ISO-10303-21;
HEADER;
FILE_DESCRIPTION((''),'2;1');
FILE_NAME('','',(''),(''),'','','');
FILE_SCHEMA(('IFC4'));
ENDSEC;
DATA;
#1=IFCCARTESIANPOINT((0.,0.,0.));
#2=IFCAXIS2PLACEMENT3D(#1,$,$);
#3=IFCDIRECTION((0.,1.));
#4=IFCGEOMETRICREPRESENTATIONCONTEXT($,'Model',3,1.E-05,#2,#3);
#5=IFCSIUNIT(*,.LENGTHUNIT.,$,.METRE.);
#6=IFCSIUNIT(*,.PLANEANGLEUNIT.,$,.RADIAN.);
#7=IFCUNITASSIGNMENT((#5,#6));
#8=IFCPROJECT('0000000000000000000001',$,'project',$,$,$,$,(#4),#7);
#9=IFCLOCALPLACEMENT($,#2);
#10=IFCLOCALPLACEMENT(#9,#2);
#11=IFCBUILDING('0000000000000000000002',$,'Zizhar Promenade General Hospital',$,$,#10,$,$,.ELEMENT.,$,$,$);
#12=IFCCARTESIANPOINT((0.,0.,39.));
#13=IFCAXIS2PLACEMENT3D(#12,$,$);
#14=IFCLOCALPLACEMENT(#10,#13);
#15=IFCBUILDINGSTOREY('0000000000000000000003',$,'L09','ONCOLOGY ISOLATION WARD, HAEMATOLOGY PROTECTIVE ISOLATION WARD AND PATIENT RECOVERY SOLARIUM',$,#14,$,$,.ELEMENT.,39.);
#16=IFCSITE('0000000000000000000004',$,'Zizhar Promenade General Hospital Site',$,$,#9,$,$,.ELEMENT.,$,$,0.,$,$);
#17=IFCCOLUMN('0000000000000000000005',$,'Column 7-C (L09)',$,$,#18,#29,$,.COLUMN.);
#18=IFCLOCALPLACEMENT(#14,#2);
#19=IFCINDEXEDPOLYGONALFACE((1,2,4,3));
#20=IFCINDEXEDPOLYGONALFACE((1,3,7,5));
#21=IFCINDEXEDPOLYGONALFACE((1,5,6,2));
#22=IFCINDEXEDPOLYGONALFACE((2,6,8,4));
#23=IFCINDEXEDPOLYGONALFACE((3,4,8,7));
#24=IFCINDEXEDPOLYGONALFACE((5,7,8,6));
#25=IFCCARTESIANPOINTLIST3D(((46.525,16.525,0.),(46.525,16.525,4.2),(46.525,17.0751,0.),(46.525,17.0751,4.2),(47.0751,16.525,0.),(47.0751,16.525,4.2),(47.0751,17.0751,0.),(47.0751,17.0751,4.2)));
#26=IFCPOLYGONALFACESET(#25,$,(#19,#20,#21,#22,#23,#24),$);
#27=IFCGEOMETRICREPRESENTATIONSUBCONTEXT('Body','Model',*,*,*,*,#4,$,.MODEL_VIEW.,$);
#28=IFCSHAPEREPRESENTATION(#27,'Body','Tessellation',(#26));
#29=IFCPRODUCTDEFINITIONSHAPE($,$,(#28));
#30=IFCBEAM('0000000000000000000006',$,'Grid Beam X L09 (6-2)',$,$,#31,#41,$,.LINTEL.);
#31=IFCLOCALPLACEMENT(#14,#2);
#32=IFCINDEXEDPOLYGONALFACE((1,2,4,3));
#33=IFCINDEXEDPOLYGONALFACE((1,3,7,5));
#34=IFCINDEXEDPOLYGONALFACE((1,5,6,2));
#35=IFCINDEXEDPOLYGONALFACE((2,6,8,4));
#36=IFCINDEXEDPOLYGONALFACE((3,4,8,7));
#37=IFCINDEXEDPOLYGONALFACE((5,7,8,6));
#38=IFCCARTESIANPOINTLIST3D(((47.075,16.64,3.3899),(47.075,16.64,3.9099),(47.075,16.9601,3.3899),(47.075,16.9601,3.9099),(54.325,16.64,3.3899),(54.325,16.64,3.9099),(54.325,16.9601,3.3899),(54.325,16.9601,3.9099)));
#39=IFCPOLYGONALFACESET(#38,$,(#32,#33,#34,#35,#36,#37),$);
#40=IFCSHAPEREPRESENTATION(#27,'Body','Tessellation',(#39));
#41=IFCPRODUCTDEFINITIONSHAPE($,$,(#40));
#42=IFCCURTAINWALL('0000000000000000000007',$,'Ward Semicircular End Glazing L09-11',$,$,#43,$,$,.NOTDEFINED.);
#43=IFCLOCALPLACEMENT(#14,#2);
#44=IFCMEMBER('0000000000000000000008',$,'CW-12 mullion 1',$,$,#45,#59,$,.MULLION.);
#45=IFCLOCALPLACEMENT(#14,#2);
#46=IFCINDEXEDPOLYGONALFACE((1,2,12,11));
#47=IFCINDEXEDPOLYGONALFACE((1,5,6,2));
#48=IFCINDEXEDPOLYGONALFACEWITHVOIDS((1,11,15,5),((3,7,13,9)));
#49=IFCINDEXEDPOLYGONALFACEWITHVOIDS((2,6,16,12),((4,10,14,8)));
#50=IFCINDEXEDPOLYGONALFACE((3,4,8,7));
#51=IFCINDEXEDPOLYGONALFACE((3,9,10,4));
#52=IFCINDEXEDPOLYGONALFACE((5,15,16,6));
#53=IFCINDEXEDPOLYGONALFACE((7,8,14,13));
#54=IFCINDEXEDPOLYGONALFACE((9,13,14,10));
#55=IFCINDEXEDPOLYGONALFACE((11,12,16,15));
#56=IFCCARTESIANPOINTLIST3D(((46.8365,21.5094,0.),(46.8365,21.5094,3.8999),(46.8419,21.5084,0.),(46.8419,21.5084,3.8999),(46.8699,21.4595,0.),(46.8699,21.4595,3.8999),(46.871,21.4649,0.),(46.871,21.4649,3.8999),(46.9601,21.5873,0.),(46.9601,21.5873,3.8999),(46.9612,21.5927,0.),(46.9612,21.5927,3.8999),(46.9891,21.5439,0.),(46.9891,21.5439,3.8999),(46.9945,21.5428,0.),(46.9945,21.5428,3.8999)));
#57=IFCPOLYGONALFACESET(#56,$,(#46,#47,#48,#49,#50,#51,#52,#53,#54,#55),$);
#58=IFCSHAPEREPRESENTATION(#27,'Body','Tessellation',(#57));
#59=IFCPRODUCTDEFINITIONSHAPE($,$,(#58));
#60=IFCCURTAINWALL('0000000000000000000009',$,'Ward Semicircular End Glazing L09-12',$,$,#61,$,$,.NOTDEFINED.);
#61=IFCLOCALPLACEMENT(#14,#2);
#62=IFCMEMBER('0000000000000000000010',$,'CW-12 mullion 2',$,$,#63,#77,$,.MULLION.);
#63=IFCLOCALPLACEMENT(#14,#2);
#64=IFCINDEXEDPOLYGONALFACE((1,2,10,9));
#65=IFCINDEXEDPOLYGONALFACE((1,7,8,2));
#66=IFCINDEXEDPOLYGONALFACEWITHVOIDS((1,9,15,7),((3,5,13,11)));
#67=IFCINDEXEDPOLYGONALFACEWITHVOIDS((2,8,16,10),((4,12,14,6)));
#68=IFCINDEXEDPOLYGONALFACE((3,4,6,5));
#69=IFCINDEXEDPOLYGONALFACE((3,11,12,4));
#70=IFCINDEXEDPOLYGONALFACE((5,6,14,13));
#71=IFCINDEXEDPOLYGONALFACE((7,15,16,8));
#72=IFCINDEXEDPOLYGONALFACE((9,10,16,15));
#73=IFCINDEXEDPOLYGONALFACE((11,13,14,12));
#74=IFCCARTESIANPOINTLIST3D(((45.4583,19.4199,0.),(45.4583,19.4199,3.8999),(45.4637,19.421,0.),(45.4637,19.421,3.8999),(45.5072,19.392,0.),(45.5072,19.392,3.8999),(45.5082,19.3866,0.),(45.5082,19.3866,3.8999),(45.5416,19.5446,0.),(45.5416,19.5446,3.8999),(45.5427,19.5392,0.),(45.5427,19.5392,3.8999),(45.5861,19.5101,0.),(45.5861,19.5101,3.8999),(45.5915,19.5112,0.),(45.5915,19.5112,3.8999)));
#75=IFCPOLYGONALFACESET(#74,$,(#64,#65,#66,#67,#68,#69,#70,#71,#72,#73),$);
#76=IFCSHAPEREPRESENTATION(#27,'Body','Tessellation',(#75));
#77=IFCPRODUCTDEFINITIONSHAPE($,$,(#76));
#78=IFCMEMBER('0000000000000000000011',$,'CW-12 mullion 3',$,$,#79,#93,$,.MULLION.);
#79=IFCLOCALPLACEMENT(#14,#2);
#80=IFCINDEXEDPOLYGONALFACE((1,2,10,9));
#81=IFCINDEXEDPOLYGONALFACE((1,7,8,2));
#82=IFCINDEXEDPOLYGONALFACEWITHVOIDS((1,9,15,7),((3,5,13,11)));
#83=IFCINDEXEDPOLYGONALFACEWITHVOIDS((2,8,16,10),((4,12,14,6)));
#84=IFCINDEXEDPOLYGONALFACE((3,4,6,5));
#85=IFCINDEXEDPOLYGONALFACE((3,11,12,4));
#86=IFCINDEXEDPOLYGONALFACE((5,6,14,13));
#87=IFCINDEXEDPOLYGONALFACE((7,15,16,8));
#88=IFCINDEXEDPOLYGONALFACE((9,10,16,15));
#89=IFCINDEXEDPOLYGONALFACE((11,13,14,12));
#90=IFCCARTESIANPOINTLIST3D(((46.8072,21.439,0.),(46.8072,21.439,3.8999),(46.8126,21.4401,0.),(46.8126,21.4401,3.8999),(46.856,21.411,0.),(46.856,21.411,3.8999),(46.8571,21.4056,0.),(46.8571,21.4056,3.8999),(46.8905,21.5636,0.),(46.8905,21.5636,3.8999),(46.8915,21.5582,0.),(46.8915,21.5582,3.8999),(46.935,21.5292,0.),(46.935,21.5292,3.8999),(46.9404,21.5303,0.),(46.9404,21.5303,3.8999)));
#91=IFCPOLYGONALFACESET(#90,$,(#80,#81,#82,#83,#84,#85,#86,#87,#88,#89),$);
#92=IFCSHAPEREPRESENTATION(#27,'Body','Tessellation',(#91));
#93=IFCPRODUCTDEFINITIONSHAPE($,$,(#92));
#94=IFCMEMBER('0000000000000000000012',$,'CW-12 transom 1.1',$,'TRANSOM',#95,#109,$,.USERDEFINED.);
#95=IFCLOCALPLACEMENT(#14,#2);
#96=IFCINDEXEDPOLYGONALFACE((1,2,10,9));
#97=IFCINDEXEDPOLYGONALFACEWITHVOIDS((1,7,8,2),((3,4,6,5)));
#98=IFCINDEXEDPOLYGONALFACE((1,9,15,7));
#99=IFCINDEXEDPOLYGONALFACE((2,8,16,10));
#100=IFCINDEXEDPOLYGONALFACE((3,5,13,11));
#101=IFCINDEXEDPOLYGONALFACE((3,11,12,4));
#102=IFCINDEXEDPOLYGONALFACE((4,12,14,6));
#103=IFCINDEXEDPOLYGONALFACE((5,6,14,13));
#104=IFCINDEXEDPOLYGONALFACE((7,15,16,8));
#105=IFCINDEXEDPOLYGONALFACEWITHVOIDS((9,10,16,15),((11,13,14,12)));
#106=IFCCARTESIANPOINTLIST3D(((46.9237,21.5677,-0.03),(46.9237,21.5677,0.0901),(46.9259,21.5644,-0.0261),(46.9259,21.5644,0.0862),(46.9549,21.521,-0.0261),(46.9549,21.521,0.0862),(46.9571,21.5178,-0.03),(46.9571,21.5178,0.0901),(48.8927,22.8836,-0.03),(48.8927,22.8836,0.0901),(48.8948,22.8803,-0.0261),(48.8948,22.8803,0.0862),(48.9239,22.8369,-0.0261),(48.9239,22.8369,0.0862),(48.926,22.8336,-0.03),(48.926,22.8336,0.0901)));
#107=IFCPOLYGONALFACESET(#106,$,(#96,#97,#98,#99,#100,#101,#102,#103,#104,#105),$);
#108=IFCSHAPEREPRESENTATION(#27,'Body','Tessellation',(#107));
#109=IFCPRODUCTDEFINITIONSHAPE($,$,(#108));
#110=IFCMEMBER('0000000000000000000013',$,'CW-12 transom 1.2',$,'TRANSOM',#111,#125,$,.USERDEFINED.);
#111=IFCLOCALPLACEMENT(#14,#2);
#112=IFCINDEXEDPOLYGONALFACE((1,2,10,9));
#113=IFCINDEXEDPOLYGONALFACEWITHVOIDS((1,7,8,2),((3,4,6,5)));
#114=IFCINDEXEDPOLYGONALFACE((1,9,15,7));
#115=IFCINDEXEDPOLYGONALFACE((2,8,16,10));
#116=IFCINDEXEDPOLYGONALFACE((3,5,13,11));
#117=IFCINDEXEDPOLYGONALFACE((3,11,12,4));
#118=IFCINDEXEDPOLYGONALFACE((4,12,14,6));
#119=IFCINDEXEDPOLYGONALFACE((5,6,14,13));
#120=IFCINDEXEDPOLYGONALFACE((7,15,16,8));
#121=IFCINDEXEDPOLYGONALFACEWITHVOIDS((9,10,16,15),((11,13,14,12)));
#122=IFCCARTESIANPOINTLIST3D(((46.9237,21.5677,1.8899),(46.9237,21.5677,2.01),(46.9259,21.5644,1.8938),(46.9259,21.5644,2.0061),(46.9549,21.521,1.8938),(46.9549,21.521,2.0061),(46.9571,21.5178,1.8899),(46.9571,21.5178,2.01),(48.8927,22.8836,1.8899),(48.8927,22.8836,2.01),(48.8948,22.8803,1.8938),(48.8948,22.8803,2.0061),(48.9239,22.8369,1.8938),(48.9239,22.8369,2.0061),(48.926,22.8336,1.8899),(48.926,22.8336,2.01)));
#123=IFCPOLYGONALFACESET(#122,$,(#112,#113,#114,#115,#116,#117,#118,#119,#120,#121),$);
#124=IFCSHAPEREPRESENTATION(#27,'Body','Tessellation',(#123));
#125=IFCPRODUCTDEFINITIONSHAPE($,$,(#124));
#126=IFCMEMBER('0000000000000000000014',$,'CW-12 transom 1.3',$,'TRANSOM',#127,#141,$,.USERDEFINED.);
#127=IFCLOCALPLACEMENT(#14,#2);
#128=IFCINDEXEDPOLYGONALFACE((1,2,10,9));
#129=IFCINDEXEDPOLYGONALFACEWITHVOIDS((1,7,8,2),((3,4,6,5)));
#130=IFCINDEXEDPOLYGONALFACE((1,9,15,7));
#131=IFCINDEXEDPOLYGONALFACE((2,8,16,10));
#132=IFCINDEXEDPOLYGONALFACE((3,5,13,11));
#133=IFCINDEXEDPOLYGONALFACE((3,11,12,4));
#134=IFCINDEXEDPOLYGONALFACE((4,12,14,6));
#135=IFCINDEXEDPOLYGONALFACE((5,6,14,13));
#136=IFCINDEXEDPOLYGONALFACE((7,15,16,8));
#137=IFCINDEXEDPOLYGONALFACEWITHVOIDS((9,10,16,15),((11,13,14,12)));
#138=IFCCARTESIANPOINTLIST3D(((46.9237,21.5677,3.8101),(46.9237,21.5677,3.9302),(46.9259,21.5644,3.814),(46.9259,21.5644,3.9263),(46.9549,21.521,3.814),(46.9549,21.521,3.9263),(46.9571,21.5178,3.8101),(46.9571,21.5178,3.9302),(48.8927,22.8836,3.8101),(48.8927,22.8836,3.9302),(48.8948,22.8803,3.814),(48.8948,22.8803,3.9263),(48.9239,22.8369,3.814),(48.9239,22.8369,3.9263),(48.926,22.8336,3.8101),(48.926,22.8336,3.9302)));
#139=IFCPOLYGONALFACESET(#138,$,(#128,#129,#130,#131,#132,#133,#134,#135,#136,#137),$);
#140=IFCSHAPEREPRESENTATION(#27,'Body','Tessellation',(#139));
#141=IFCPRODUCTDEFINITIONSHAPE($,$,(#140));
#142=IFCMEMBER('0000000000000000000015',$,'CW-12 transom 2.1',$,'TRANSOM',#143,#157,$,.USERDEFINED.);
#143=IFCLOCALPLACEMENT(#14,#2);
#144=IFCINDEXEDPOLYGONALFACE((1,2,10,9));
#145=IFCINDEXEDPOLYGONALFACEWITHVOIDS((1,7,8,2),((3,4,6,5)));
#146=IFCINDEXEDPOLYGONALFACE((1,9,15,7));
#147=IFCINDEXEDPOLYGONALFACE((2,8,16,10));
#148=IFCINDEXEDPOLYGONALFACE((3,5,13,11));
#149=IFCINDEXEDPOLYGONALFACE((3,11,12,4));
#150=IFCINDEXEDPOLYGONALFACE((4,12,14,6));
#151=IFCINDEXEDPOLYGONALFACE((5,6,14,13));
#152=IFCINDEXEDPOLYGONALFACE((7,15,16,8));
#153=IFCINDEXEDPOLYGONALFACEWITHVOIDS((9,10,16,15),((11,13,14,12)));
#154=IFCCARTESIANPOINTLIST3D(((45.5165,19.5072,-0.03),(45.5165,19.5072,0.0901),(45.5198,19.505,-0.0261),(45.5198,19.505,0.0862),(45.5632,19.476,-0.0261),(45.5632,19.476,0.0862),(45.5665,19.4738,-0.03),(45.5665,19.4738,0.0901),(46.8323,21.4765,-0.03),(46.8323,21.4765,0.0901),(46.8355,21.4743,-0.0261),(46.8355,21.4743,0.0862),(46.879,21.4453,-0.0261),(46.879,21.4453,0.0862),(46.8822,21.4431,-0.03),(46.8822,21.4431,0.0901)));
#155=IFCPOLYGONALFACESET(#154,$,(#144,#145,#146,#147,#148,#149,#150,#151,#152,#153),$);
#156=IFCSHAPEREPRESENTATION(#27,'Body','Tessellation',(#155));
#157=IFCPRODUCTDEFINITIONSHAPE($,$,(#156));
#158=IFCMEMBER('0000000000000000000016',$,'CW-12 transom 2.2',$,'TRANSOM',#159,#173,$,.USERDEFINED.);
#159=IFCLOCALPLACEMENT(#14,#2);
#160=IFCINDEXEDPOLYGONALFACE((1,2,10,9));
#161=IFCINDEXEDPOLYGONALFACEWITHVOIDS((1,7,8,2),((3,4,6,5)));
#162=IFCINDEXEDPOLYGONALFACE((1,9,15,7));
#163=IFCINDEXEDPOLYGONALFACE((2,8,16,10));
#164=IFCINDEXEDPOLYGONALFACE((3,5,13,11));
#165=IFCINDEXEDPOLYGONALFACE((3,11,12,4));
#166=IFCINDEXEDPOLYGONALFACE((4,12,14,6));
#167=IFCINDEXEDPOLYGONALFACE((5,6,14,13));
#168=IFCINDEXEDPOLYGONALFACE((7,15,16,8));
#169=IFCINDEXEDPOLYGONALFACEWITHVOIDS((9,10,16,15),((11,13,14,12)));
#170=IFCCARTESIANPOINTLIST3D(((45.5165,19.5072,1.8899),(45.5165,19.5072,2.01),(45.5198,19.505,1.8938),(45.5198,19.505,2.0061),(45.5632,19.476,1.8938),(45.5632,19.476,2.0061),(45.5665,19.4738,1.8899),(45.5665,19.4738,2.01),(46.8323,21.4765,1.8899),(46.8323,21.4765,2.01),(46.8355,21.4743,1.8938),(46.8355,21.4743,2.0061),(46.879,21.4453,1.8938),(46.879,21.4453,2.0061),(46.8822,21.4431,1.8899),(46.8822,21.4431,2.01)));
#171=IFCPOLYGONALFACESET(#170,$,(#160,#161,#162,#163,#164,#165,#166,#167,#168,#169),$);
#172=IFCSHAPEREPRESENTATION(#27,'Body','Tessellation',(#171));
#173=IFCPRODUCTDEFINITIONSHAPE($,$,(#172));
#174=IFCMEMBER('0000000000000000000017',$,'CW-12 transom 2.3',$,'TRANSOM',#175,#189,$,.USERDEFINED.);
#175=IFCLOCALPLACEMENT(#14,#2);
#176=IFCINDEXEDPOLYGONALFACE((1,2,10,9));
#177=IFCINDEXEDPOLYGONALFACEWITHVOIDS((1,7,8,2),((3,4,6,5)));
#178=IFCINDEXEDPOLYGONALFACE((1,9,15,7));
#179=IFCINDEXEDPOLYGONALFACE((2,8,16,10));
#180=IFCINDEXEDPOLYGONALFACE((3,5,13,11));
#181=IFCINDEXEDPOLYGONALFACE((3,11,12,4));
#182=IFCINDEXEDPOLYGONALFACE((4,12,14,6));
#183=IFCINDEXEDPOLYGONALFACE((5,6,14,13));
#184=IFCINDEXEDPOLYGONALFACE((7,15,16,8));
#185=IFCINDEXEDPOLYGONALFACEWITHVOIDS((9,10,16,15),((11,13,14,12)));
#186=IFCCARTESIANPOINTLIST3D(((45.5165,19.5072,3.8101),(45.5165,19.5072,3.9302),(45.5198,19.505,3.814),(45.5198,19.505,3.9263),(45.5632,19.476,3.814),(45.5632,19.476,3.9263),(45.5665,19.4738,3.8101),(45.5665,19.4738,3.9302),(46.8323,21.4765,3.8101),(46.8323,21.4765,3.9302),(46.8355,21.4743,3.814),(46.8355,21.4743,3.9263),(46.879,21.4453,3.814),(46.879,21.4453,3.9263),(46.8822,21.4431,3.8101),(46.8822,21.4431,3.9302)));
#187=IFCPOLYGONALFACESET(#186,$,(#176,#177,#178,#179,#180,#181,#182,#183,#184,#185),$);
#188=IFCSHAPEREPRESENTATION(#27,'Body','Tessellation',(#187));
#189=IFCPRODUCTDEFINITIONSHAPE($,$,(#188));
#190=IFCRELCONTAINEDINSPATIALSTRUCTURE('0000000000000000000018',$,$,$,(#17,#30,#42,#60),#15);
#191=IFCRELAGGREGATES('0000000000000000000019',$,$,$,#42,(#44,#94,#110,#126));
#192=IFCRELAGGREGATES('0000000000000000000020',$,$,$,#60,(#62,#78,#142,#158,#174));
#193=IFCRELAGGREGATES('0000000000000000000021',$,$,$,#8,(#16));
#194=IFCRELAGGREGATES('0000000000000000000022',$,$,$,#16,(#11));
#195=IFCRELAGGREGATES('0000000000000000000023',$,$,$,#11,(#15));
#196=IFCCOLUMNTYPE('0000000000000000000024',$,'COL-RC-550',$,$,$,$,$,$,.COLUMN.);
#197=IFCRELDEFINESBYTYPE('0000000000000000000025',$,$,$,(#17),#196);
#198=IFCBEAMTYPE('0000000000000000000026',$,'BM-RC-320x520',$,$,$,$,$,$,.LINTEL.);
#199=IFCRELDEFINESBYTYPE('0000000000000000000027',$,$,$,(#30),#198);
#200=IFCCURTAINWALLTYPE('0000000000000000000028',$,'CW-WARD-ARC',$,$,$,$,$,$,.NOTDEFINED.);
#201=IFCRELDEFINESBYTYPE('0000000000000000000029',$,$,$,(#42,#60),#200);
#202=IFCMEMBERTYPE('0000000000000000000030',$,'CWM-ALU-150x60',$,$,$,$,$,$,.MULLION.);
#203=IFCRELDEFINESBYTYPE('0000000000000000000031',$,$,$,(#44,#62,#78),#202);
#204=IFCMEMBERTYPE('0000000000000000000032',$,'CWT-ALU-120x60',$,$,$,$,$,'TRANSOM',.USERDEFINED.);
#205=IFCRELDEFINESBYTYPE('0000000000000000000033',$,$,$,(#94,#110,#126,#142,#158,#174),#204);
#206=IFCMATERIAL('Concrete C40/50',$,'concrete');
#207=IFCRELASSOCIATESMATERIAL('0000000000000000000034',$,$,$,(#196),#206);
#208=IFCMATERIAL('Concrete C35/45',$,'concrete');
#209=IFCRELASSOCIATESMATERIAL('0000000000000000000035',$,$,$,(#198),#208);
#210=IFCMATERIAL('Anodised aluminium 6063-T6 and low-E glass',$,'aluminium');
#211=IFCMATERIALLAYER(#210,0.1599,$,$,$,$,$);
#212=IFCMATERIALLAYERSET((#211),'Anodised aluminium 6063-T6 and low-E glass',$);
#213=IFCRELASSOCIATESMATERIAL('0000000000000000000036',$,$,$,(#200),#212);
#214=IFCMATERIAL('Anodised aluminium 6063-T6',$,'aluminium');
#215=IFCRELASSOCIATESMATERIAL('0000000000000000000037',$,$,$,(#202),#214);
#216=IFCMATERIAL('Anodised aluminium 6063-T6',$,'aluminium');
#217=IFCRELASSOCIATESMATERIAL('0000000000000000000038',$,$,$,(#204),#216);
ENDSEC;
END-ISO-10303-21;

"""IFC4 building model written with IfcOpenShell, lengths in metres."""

from ifc_helpers import new_model, si_unit, direction, frame, origin, origin_2d, place, context, subcontext, project, spatial, rectangle, hollow_rectangle, extrude, material, layer, layer_set, material_profile, profile_set, type_object, element, aggregate, save


model = new_model("IFC4")

# Units and contexts
model_context = context("Model", 3, precision=1e-05, world=origin(), true_north=direction((0.0, 1.0)))
body_context = subcontext(model_context, "Body", "Model", "MODEL_VIEW")
ifc_project = project(units=[si_unit("LENGTHUNIT", "METRE"), si_unit("PLANEANGLEUNIT", "RADIAN")], contexts=[model_context])

# Site, building, storey
site_placement = place(None, origin())
site = spatial("IfcSite", under=ifc_project, at=site_placement, Name="Zizhar Promenade General Hospital Site", CompositionType="ELEMENT", RefElevation=0.0)
building_placement = place(site_placement, origin())
building = spatial("IfcBuilding", under=site, at=building_placement, Name="Zizhar Promenade General Hospital", CompositionType="ELEMENT")
storey_placement = place(building_placement, frame((0.0, 0.0, 39.0)))
storey = spatial("IfcBuildingStorey", under=building, at=storey_placement, Name="L09", Description="ONCOLOGY ISOLATION WARD, HAEMATOLOGY PROTECTIVE ISOLATION WARD AND PATIENT RECOVERY SOLARIUM", CompositionType="ELEMENT", Elevation=39.0)

# Column
ifc_material_1 = material(Name="Concrete C40/50", Category="concrete")
ifc_material_profile_1 = material_profile(ifc_material_1, rectangle(XDim=0.55, YDim=0.55, at=origin_2d()))
ifc_profile_set_1 = profile_set([ifc_material_profile_1], Name="Concrete C40/50")
column_type = type_object("IfcColumnType", Name="COL-RC-550", PredefinedType="COLUMN", material=ifc_profile_set_1)
column_placement = place(storey_placement, frame((46.8, 16.8, 0.0), z_axis=(0.0, 0.0, 1.0), x_axis=(1.0, 0.0, 0.0)))
element("IfcColumn", 1, at=column_placement, inside=storey, type_object=column_type, Name="Column 7-C (L09)", PredefinedType="COLUMN", context=body_context, shape_type="SweptSolid", body=[
    extrude(rectangle(XDim=0.55, YDim=0.55, at=origin_2d()), origin(), (0.0, 0.0, 1.0), 4.2),
])

# Beam
ifc_material_2 = material(Name="Concrete C35/45", Category="concrete")
ifc_material_profile_2 = material_profile(ifc_material_2, rectangle(XDim=0.3201, YDim=0.52, at=origin_2d()))
ifc_profile_set_2 = profile_set([ifc_material_profile_2], Name="Concrete C35/45")
beam_type = type_object("IfcBeamType", Name="BM-RC-320x520", PredefinedType="LINTEL", material=ifc_profile_set_2)
beam_placement = place(storey_placement, frame((47.075, 16.8, 3.6499), z_axis=(1.0, 0.0, 0.0), x_axis=(0.0, 1.0, 0.0)))
element("IfcBeam", 2, at=beam_placement, inside=storey, type_object=beam_type, Name="Grid Beam X L09 (6-2)", PredefinedType="LINTEL", context=body_context, shape_type="SweptSolid", body=[
    extrude(rectangle(XDim=0.3201, YDim=0.52, at=origin_2d()), origin(), (0.0, 0.0, 1.0), 7.25),
])

# Curtain wall, member
ifc_material_3 = material(Name="Anodised aluminium 6063-T6 and low-E glass", Category="aluminium")
ifc_layer_1 = layer(ifc_material_3, 0.1599)
ifc_layer_set_1 = layer_set([ifc_layer_1], Name="Anodised aluminium 6063-T6 and low-E glass")
curtain_wall_type = type_object("IfcCurtainWallType", Name="CW-WARD-ARC", PredefinedType="NOTDEFINED", material=ifc_layer_set_1)
curtain_wall_1_placement = place(storey_placement, origin())
curtain_wall_1 = element("IfcCurtainWall", 3, at=curtain_wall_1_placement, inside=storey, type_object=curtain_wall_type, Name="Ward Semicircular End Glazing L09-11", PredefinedType="NOTDEFINED")
ifc_material_4 = material(Name="Anodised aluminium 6063-T6", Category="aluminium")
ifc_material_profile_3 = material_profile(ifc_material_4, hollow_rectangle(XDim=0.0601, YDim=0.1499, WallThickness=0.0039, at=origin_2d()))
ifc_profile_set_3 = profile_set([ifc_material_profile_3], Name="Anodised aluminium 6063-T6")
member_type_1 = type_object("IfcMemberType", Name="CWM-ALU-150x60", PredefinedType="MULLION", material=ifc_profile_set_3)
member_1_placement = place(storey_placement, frame((46.9155, 21.5261, 0.0), z_axis=(0.0, 0.0, 1.0), x_axis=(-0.555582, 0.831462, 0.0)))
member_1 = element("IfcMember", 4, at=member_1_placement, type_object=member_type_1, Name="CW-12 mullion 1", PredefinedType="MULLION", context=body_context, shape_type="SweptSolid", body=[
    extrude(hollow_rectangle(XDim=0.0601, YDim=0.1499, WallThickness=0.0039, at=origin_2d()), origin(), (0.0, 0.0, 1.0), 3.8999),
])

# Curtain wall, members
curtain_wall_2_placement = place(storey_placement, origin())
curtain_wall_2 = element("IfcCurtainWall", 5, at=curtain_wall_2_placement, inside=storey, type_object=curtain_wall_type, Name="Ward Semicircular End Glazing L09-12", PredefinedType="NOTDEFINED")
member_2_placement = place(storey_placement, frame((45.5249, 19.4656, 0.0), z_axis=(0.0, 0.0, 1.0), x_axis=(-0.831462, 0.555582, 0.0)))
member_2 = element("IfcMember", 6, at=member_2_placement, type_object=member_type_1, Name="CW-12 mullion 2", PredefinedType="MULLION", context=body_context, shape_type="SweptSolid", body=[
    extrude(hollow_rectangle(XDim=0.0601, YDim=0.1499, WallThickness=0.0039, at=origin_2d()), origin(), (0.0, 0.0, 1.0), 3.8999),
])
member_3_placement = place(storey_placement, frame((46.8738, 21.4846, 0.0), z_axis=(0.0, 0.0, 1.0), x_axis=(-0.831462, 0.555582, 0.0)))
member_3 = element("IfcMember", 7, at=member_3_placement, type_object=member_type_1, Name="CW-12 mullion 3", PredefinedType="MULLION", context=body_context, shape_type="SweptSolid", body=[
    extrude(hollow_rectangle(XDim=0.0601, YDim=0.1499, WallThickness=0.0039, at=origin_2d()), origin(), (0.0, 0.0, 1.0), 3.8999),
])

# Members
ifc_material_5 = material(Name="Anodised aluminium 6063-T6", Category="aluminium")
ifc_material_profile_4 = material_profile(ifc_material_5, hollow_rectangle(XDim=0.0601, YDim=0.1201, WallThickness=0.0039, at=origin_2d()))
ifc_profile_set_4 = profile_set([ifc_material_profile_4], Name="Anodised aluminium 6063-T6")
member_type_2 = type_object("IfcMemberType", Name="CWT-ALU-120x60", ElementType="TRANSOM", PredefinedType="USERDEFINED", material=ifc_profile_set_4)
member_4_placement = place(storey_placement, frame((46.9404, 21.5427, 0.03), z_axis=(0.831415, 0.555651, 0.0), x_axis=(-0.555651, 0.831415, 0.0)))
member_4 = element("IfcMember", 8, at=member_4_placement, type_object=member_type_2, Name="CW-12 transom 1.1", ObjectType="TRANSOM", PredefinedType="USERDEFINED", context=body_context, shape_type="SweptSolid", body=[
    extrude(hollow_rectangle(XDim=0.0601, YDim=0.1201, WallThickness=0.0039, at=origin_2d()), origin(), (0.0, 0.0, 1.0), 2.3682),
])
member_5_placement = place(storey_placement, frame((46.9404, 21.5427, 1.95), z_axis=(0.831415, 0.555651, 0.0), x_axis=(-0.555651, 0.831415, 0.0)))
member_5 = element("IfcMember", 9, at=member_5_placement, type_object=member_type_2, Name="CW-12 transom 1.2", ObjectType="TRANSOM", PredefinedType="USERDEFINED", context=body_context, shape_type="SweptSolid", body=[
    extrude(hollow_rectangle(XDim=0.0601, YDim=0.1201, WallThickness=0.0039, at=origin_2d()), origin(), (0.0, 0.0, 1.0), 2.3682),
])
member_6_placement = place(storey_placement, frame((46.9404, 21.5427, 3.8701), z_axis=(0.831415, 0.555651, 0.0), x_axis=(-0.555651, 0.831415, 0.0)))
member_6 = element("IfcMember", 10, at=member_6_placement, type_object=member_type_2, Name="CW-12 transom 1.3", ObjectType="TRANSOM", PredefinedType="USERDEFINED", context=body_context, shape_type="SweptSolid", body=[
    extrude(hollow_rectangle(XDim=0.0601, YDim=0.1201, WallThickness=0.0039, at=origin_2d()), origin(), (0.0, 0.0, 1.0), 2.3682),
])
aggregate(curtain_wall_1, [member_1, member_4, member_5, member_6])
member_7_placement = place(storey_placement, frame((45.5415, 19.4905, 0.03), z_axis=(0.555533, 0.831495, 0.0), x_axis=(-0.831495, 0.555533, 0.0)))
member_7 = element("IfcMember", 11, at=member_7_placement, type_object=member_type_2, Name="CW-12 transom 2.1", ObjectType="TRANSOM", PredefinedType="USERDEFINED", context=body_context, shape_type="SweptSolid", body=[
    extrude(hollow_rectangle(XDim=0.0601, YDim=0.1201, WallThickness=0.0039, at=origin_2d()), origin(), (0.0, 0.0, 1.0), 2.3684),
])
member_8_placement = place(storey_placement, frame((45.5415, 19.4905, 1.95), z_axis=(0.555533, 0.831495, 0.0), x_axis=(-0.831495, 0.555533, 0.0)))
member_8 = element("IfcMember", 12, at=member_8_placement, type_object=member_type_2, Name="CW-12 transom 2.2", ObjectType="TRANSOM", PredefinedType="USERDEFINED", context=body_context, shape_type="SweptSolid", body=[
    extrude(hollow_rectangle(XDim=0.0601, YDim=0.1201, WallThickness=0.0039, at=origin_2d()), origin(), (0.0, 0.0, 1.0), 2.3684),
])
member_9_placement = place(storey_placement, frame((45.5415, 19.4905, 3.8701), z_axis=(0.555533, 0.831495, 0.0), x_axis=(-0.831495, 0.555533, 0.0)))
member_9 = element("IfcMember", 13, at=member_9_placement, type_object=member_type_2, Name="CW-12 transom 2.3", ObjectType="TRANSOM", PredefinedType="USERDEFINED", context=body_context, shape_type="SweptSolid", body=[
    extrude(hollow_rectangle(XDim=0.0601, YDim=0.1201, WallThickness=0.0039, at=origin_2d()), origin(), (0.0, 0.0, 1.0), 2.3684),
])

aggregate(curtain_wall_2, [member_2, member_3, member_7, member_8, member_9])

save(model, "model.ifc")
